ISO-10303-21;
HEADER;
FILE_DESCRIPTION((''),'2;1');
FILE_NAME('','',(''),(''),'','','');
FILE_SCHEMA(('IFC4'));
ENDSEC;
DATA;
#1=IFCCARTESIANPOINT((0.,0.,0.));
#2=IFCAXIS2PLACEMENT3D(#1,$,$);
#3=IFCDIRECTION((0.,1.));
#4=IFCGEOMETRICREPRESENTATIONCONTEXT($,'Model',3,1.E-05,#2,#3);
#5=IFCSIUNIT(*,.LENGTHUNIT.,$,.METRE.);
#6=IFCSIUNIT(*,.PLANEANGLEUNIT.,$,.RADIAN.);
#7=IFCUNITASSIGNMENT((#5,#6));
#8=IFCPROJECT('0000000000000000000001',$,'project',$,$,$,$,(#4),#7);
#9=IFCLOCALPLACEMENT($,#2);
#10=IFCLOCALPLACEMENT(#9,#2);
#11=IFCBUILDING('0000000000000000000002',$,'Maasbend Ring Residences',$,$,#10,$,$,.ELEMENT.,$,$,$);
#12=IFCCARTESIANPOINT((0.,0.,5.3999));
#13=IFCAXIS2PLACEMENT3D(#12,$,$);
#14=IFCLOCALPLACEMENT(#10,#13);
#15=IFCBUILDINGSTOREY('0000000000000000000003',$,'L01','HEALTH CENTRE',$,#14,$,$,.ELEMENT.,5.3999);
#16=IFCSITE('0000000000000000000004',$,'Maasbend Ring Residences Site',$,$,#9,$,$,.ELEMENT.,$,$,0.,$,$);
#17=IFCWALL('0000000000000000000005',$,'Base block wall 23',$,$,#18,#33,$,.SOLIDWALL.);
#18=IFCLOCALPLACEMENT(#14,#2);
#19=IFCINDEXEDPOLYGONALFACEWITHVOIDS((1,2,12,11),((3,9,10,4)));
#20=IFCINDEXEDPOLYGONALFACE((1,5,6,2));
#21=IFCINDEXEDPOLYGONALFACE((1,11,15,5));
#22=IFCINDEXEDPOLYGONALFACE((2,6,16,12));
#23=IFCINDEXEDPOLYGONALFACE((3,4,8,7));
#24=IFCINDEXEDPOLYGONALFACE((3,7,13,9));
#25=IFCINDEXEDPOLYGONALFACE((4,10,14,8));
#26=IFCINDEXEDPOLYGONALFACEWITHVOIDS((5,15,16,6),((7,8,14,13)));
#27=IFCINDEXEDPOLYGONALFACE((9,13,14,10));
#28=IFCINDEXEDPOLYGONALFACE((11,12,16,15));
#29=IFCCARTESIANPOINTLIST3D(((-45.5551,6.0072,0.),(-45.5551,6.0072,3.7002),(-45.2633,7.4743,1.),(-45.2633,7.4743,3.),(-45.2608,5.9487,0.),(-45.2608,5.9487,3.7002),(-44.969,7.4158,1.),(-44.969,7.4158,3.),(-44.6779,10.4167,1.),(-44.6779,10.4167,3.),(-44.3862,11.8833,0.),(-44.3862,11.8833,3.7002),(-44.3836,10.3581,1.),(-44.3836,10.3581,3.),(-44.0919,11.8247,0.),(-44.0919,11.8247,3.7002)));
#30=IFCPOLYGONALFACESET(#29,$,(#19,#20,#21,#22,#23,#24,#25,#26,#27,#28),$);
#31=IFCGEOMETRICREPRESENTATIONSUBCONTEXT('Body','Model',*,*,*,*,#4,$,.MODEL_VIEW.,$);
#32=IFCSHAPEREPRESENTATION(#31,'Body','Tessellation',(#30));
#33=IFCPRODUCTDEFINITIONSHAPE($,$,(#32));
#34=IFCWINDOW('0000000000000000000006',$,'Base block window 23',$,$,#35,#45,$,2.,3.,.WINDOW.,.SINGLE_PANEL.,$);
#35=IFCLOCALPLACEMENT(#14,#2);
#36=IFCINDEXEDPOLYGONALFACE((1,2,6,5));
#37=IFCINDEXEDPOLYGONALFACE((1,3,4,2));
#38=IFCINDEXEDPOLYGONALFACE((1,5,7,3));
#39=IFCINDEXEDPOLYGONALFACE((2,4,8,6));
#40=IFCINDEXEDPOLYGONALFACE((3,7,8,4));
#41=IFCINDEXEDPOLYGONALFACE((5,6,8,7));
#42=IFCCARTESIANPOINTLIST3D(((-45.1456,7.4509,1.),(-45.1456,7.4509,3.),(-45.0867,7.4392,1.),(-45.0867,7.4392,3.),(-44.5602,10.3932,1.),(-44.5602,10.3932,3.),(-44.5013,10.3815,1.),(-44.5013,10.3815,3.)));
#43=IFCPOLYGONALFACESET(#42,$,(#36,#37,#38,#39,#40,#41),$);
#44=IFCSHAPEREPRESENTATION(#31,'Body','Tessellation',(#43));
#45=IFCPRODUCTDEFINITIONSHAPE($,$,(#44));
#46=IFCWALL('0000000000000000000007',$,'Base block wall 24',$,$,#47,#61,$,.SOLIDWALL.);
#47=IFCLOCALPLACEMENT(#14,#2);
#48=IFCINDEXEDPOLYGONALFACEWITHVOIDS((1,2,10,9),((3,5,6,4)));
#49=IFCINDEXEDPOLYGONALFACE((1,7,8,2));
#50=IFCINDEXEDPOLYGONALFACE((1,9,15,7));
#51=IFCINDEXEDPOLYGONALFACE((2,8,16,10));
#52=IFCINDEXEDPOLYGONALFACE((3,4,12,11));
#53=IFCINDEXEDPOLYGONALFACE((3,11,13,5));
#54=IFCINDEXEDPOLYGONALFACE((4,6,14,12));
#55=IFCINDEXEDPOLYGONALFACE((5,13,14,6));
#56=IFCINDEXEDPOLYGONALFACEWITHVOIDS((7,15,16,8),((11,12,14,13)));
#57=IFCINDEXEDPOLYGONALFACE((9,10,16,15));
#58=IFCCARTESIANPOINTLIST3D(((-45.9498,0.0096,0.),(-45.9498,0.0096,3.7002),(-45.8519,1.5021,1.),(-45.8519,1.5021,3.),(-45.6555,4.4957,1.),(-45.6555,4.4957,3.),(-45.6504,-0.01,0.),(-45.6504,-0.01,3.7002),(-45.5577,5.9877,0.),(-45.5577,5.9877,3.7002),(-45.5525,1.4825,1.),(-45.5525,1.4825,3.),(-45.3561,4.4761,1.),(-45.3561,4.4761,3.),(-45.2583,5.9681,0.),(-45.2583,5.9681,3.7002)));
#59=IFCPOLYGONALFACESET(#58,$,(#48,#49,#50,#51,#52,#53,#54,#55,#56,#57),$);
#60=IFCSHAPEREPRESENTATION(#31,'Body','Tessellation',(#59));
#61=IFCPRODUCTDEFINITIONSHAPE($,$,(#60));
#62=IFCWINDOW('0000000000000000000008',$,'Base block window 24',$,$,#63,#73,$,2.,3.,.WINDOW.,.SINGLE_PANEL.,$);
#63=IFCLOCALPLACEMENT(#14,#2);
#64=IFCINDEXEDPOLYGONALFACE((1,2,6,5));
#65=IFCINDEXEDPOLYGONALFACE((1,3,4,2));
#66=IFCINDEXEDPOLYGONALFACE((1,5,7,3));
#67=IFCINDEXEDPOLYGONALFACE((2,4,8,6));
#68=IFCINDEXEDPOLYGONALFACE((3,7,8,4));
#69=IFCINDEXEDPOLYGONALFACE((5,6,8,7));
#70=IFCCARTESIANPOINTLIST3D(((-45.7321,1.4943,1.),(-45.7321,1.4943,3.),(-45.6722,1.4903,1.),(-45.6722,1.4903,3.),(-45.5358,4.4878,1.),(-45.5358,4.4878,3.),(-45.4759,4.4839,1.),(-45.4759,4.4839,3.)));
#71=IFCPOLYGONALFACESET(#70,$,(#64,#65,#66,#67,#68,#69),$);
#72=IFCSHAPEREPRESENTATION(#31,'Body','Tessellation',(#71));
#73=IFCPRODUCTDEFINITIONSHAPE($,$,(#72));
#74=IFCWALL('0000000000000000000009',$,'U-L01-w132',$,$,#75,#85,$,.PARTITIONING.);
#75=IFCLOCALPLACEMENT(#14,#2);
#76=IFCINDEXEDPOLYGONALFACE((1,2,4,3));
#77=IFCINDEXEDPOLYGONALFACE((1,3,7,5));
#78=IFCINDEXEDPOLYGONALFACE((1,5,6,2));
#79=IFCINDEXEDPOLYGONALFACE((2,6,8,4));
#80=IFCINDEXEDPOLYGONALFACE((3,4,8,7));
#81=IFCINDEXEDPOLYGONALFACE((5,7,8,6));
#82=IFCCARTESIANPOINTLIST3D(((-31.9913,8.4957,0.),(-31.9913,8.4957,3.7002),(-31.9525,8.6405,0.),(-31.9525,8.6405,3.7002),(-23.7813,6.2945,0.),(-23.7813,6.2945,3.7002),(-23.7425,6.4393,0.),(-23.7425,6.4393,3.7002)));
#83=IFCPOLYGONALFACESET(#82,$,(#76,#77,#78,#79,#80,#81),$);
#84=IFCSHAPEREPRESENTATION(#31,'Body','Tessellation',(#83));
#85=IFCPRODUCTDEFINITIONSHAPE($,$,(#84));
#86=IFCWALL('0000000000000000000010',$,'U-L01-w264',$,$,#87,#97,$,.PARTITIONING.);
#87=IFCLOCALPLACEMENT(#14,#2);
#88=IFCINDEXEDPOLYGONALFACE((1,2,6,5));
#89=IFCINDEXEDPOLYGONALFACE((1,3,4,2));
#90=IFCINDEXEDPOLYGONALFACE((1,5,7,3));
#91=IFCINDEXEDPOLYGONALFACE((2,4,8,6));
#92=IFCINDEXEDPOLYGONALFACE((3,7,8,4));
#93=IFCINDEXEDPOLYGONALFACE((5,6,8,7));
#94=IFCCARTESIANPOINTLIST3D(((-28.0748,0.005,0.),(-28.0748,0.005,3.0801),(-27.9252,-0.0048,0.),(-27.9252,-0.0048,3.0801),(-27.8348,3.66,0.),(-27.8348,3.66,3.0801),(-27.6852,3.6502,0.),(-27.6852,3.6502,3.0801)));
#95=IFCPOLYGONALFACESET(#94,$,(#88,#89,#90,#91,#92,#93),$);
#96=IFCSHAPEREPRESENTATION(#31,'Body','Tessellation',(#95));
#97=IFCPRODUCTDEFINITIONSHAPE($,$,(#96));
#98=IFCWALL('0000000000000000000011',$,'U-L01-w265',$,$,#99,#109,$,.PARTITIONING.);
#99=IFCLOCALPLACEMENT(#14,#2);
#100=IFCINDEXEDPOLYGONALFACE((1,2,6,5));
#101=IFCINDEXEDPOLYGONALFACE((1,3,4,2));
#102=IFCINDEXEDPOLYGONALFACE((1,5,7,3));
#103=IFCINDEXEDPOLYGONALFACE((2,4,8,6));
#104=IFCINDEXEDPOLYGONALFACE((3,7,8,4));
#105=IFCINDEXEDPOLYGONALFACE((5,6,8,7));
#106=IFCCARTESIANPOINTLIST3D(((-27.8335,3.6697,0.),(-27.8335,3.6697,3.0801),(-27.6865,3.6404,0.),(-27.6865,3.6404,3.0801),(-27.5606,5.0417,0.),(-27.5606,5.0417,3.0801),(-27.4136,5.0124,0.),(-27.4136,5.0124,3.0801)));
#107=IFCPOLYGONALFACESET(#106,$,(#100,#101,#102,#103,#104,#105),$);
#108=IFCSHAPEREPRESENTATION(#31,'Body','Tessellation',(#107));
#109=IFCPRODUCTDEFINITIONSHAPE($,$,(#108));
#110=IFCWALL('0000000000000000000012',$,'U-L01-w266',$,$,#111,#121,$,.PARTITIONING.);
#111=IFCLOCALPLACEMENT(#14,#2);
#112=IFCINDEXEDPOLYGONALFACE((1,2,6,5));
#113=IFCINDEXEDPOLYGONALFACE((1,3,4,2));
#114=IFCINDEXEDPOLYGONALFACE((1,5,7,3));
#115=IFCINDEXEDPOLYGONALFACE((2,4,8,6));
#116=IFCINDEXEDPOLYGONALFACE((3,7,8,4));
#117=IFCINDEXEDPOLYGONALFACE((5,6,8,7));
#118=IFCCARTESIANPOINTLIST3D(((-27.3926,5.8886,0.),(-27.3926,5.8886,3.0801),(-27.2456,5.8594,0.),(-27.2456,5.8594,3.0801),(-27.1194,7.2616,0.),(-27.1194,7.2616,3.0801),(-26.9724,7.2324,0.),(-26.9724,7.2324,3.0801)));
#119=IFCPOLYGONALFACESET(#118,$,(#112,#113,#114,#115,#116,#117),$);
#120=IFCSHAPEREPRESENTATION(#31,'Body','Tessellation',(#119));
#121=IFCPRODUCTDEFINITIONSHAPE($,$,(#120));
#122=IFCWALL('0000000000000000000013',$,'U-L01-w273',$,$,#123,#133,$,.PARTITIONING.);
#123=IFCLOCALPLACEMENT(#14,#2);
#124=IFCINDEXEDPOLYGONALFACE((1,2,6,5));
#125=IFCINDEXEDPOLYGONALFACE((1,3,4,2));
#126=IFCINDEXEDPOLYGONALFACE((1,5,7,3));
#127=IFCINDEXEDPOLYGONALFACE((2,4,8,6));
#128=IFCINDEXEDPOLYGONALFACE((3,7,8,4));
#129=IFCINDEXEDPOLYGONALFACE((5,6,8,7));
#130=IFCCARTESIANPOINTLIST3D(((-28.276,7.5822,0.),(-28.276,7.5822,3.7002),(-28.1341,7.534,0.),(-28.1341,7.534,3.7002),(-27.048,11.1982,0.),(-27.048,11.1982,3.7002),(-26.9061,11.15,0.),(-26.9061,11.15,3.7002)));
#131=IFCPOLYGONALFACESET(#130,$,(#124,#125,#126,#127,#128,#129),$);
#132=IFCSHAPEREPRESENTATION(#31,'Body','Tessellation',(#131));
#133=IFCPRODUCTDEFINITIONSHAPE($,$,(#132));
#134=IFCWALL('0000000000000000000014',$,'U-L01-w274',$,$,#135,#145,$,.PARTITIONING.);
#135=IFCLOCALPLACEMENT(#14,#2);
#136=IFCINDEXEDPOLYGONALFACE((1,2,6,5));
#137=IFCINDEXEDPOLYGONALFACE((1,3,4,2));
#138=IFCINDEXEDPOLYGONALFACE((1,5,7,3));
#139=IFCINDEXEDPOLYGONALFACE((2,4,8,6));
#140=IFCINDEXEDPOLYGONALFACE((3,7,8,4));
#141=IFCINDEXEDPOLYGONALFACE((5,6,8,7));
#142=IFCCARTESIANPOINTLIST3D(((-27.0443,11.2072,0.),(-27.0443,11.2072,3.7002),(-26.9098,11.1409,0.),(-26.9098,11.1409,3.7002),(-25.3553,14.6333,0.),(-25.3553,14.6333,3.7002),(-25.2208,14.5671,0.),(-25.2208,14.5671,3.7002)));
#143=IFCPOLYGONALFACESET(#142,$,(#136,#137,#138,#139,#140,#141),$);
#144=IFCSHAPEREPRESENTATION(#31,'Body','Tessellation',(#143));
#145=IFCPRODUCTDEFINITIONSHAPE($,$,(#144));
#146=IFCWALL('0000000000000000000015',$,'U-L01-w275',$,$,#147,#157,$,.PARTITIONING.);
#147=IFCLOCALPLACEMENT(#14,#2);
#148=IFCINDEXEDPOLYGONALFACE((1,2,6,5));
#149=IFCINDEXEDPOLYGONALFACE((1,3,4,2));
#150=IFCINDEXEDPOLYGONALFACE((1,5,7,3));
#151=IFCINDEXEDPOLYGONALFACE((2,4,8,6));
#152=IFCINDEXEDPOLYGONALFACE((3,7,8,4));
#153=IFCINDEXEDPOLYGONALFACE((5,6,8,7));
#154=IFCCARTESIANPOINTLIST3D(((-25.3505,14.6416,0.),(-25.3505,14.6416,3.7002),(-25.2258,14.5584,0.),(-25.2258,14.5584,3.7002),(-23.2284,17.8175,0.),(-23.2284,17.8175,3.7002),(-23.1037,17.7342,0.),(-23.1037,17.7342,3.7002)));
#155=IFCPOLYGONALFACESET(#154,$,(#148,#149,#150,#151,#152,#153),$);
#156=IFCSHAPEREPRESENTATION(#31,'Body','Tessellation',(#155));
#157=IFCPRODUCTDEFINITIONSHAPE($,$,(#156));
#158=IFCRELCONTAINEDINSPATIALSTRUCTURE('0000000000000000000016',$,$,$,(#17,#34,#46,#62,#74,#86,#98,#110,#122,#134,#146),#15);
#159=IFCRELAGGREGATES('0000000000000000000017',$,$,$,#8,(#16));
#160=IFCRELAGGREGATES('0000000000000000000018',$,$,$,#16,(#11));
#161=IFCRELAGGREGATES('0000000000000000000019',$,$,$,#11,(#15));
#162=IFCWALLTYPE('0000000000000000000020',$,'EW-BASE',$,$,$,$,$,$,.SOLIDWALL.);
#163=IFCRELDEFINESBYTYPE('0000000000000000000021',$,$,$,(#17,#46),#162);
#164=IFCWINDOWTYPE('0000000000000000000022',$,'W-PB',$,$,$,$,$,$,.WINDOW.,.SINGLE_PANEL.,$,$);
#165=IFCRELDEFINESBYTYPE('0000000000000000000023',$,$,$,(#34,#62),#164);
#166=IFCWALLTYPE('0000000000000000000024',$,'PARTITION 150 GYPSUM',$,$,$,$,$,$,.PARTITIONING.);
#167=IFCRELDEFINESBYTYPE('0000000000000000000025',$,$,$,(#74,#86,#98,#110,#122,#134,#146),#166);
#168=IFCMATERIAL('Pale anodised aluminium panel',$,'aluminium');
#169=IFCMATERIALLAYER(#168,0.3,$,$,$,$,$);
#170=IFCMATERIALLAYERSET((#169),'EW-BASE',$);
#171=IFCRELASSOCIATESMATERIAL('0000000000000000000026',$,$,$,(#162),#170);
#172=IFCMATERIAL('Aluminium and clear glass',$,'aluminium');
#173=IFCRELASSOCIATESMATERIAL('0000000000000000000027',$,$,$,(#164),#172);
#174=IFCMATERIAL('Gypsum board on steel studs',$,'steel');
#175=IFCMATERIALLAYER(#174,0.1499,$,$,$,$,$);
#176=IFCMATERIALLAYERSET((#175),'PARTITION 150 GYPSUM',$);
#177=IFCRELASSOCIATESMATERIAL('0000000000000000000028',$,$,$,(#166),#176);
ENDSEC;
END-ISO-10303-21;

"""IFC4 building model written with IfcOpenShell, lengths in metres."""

from ifc_helpers import new_model, si_unit, direction, frame, frame_2d, origin, place, context, subcontext, project, spatial, rectangle, extrude, material, layer, layer_set, type_object, element, fill, save


model = new_model("IFC4")

# Units and contexts
model_context = context("Model", 3, precision=1e-05, world=origin(), true_north=direction((0.0, 1.0)))
body_context = subcontext(model_context, "Body", "Model", "MODEL_VIEW")
ifc_project = project(units=[si_unit("LENGTHUNIT", "METRE"), si_unit("PLANEANGLEUNIT", "RADIAN")], contexts=[model_context])

# Site, building, storey
site_placement = place(None, origin())
site = spatial("IfcSite", under=ifc_project, at=site_placement, Name="Maasbend Ring Residences Site", CompositionType="ELEMENT", RefElevation=0.0)
building_placement = place(site_placement, origin())
building = spatial("IfcBuilding", under=site, at=building_placement, Name="Maasbend Ring Residences", CompositionType="ELEMENT")
storey_placement = place(building_placement, frame((0.0, 0.0, 5.3999)))
storey = spatial("IfcBuildingStorey", under=building, at=storey_placement, Name="L01", Description="HEALTH CENTRE", CompositionType="ELEMENT", Elevation=5.3999)

# Walls, openings, windows
ifc_material_1 = material(Name="Pale anodised aluminium panel", Category="aluminium")
ifc_layer_1 = layer(ifc_material_1, 0.3)
ifc_layer_set_1 = layer_set([ifc_layer_1], Name="EW-BASE")
wall_type_1 = type_object("IfcWallType", Name="EW-BASE", PredefinedType="SOLIDWALL", material=ifc_layer_set_1)
wall_1_placement = place(storey_placement, frame((-44.239, 11.854, 0.0), z_axis=(0.0, 0.0, 1.0), x_axis=(-0.195113, -0.980781, 0.0)))
wall_1 = element("IfcWall", 1, at=wall_1_placement, inside=storey, type_object=wall_type_1, Name="Base block wall 23", PredefinedType="SOLIDWALL", context=body_context, shape_type="SweptSolid", body=[
    extrude(rectangle(XDim=5.9912, YDim=0.3, at=frame_2d((2.9956, 0.0))), origin(), (0.0, 0.0, 1.0), 3.7002),
])
opening_1_placement = place(wall_1_placement, frame((1.4954, 0.0, 1.0)))
opening_1 = element("IfcOpeningElement", 2, at=opening_1_placement, cuts=wall_1, PredefinedType="OPENING", context=body_context, shape_type="SweptSolid", body=[
    extrude(rectangle(XDim=3.0, YDim=2.0, at=frame_2d((1.5, 1.0))), frame((0.0, 0.1602, 0.0), z_axis=(0.0, -1.0, 0.0), x_axis=(1.0, 0.0, 0.0)), (0.0, 0.0, 1.0), 0.3201),
])
ifc_material_2 = material(Name="Aluminium and clear glass", Category="aluminium")
window_type = type_object("IfcWindowType", Name="W-PB", PartitioningType="SINGLE_PANEL", PredefinedType="WINDOW", material=ifc_material_2)
window_1_placement = place(opening_1_placement, origin())
window_1 = element("IfcWindow", 3, at=window_1_placement, inside=storey, type_object=window_type, Name="Base block window 23", OverallHeight=2.0, OverallWidth=3.0, PartitioningType="SINGLE_PANEL", PredefinedType="WINDOW", context=body_context, shape_type="SweptSolid", body=[
    extrude(rectangle(XDim=3.0, YDim=2.0, at=frame_2d((1.5, 1.0))), frame((0.0, 0.03, 0.0), z_axis=(0.0, -1.0, 0.0), x_axis=(1.0, 0.0, 0.0)), (0.0, 0.0, 1.0), 0.0601),
])
fill(opening_1, window_1)
wall_2_placement = place(storey_placement, frame((-45.408, 5.978, 0.0), z_axis=(0.0, 0.0, 1.0), x_axis=(-0.065448, -0.997856, 0.0)))
wall_2 = element("IfcWall", 4, at=wall_2_placement, inside=storey, type_object=wall_type_1, Name="Base block wall 24", PredefinedType="SOLIDWALL", context=body_context, shape_type="SweptSolid", body=[
    extrude(rectangle(XDim=5.991, YDim=0.3, at=frame_2d((2.9956, 0.0))), origin(), (0.0, 0.0, 1.0), 3.7002),
])
opening_2_placement = place(wall_2_placement, frame((1.4954, 0.0, 1.0)))
opening_2 = element("IfcOpeningElement", 5, at=opening_2_placement, cuts=wall_2, PredefinedType="OPENING", context=body_context, shape_type="SweptSolid", body=[
    extrude(rectangle(XDim=3.0, YDim=2.0, at=frame_2d((1.5, 1.0))), frame((0.0, 0.1602, 0.0), z_axis=(0.0, -1.0, 0.0), x_axis=(1.0, 0.0, 0.0)), (0.0, 0.0, 1.0), 0.3201),
])
window_2_placement = place(opening_2_placement, origin())
window_2 = element("IfcWindow", 6, at=window_2_placement, inside=storey, type_object=window_type, Name="Base block window 24", OverallHeight=2.0, OverallWidth=3.0, PartitioningType="SINGLE_PANEL", PredefinedType="WINDOW", context=body_context, shape_type="SweptSolid", body=[
    extrude(rectangle(XDim=3.0, YDim=2.0, at=frame_2d((1.5, 1.0))), frame((0.0, 0.03, 0.0), z_axis=(0.0, -1.0, 0.0), x_axis=(1.0, 0.0, 0.0)), (0.0, 0.0, 1.0), 0.0601),
])
fill(opening_2, window_2)

# Walls
ifc_material_3 = material(Name="Gypsum board on steel studs", Category="steel")
ifc_layer_2 = layer(ifc_material_3, 0.1499)
ifc_layer_set_2 = layer_set([ifc_layer_2], Name="PARTITION 150 GYPSUM")
wall_type_2 = type_object("IfcWallType", Name="PARTITION 150 GYPSUM", PredefinedType="PARTITIONING", material=ifc_layer_set_2)
wall_3_placement = place(storey_placement, frame((-31.9719, 8.5681, 0.0), z_axis=(0.0, 0.0, 1.0), x_axis=(0.965887, -0.258964, 0.0)))
element("IfcWall", 7, at=wall_3_placement, inside=storey, type_object=wall_type_2, Name="U-L01-w132", PredefinedType="PARTITIONING", context=body_context, shape_type="SweptSolid", body=[
    extrude(rectangle(XDim=8.5, YDim=0.1499, at=frame_2d((4.25, 0.0))), origin(), (0.0, 0.0, 1.0), 3.7002),
])
wall_4_placement = place(storey_placement, frame((-28.0, 0.0, 0.0), z_axis=(0.0, 0.0, 1.0), x_axis=(0.065519, 0.997851, 0.0)))
element("IfcWall", 8, at=wall_4_placement, inside=storey, type_object=wall_type_2, Name="U-L01-w264", PredefinedType="PARTITIONING", context=body_context, shape_type="SweptSolid", body=[
    extrude(rectangle(XDim=3.6628, YDim=0.1499, at=frame_2d((1.8315, 0.0))), origin(), (0.0, 0.0, 1.0), 3.0801),
])
wall_5_placement = place(storey_placement, frame((-27.76, 3.655, 0.0), z_axis=(0.0, 0.0, 1.0), x_axis=(0.195109, 0.980782, 0.0)))
element("IfcWall", 9, at=wall_5_placement, inside=storey, type_object=wall_type_2, Name="U-L01-w265", PredefinedType="PARTITIONING", context=body_context, shape_type="SweptSolid", body=[
    extrude(rectangle(XDim=1.3989, YDim=0.1499, at=frame_2d((0.6995, 0.0))), origin(), (0.0, 0.0, 1.0), 3.0801),
])
wall_6_placement = place(storey_placement, frame((-27.3191, 5.874, 0.0), z_axis=(0.0, 0.0, 1.0), x_axis=(0.195143, 0.980775, 0.0)))
element("IfcWall", 10, at=wall_6_placement, inside=storey, type_object=wall_type_2, Name="U-L01-w266", PredefinedType="PARTITIONING", context=body_context, shape_type="SweptSolid", body=[
    extrude(rectangle(XDim=1.3999, YDim=0.1499, at=frame_2d((0.7, 0.0))), origin(), (0.0, 0.0, 1.0), 3.0801),
])
wall_7_placement = place(storey_placement, frame((-28.2051, 7.5581, 0.0), z_axis=(0.0, 0.0, 1.0), x_axis=(0.321574, 0.946885, 0.0)))
element("IfcWall", 11, at=wall_7_placement, inside=storey, type_object=wall_type_2, Name="U-L01-w273", PredefinedType="PARTITIONING", context=body_context, shape_type="SweptSolid", body=[
    extrude(rectangle(XDim=3.8188, YDim=0.1499, at=frame_2d((1.9094, 0.0))), origin(), (0.0, 0.0, 1.0), 3.7002),
])
wall_8_placement = place(storey_placement, frame((-26.9771, 11.1741, 0.0), z_axis=(0.0, 0.0, 1.0), x_axis=(0.44217, 0.896931, 0.0)))
element("IfcWall", 12, at=wall_8_placement, inside=storey, type_object=wall_type_2, Name="U-L01-w274", PredefinedType="PARTITIONING", context=body_context, shape_type="SweptSolid", body=[
    extrude(rectangle(XDim=3.8198, YDim=0.1499, at=frame_2d((1.9099, 0.0))), origin(), (0.0, 0.0, 1.0), 3.7002),
])
wall_9_placement = place(storey_placement, frame((-25.2881, 14.6001, 0.0), z_axis=(0.0, 0.0, 1.0), x_axis=(0.555585, 0.83146, 0.0)))
element("IfcWall", 13, at=wall_9_placement, inside=storey, type_object=wall_type_2, Name="U-L01-w275", PredefinedType="PARTITIONING", context=body_context, shape_type="SweptSolid", body=[
    extrude(rectangle(XDim=3.8196, YDim=0.1499, at=frame_2d((1.9097, 0.0))), origin(), (0.0, 0.0, 1.0), 3.7002),
])

save(model, "model.ifc")
